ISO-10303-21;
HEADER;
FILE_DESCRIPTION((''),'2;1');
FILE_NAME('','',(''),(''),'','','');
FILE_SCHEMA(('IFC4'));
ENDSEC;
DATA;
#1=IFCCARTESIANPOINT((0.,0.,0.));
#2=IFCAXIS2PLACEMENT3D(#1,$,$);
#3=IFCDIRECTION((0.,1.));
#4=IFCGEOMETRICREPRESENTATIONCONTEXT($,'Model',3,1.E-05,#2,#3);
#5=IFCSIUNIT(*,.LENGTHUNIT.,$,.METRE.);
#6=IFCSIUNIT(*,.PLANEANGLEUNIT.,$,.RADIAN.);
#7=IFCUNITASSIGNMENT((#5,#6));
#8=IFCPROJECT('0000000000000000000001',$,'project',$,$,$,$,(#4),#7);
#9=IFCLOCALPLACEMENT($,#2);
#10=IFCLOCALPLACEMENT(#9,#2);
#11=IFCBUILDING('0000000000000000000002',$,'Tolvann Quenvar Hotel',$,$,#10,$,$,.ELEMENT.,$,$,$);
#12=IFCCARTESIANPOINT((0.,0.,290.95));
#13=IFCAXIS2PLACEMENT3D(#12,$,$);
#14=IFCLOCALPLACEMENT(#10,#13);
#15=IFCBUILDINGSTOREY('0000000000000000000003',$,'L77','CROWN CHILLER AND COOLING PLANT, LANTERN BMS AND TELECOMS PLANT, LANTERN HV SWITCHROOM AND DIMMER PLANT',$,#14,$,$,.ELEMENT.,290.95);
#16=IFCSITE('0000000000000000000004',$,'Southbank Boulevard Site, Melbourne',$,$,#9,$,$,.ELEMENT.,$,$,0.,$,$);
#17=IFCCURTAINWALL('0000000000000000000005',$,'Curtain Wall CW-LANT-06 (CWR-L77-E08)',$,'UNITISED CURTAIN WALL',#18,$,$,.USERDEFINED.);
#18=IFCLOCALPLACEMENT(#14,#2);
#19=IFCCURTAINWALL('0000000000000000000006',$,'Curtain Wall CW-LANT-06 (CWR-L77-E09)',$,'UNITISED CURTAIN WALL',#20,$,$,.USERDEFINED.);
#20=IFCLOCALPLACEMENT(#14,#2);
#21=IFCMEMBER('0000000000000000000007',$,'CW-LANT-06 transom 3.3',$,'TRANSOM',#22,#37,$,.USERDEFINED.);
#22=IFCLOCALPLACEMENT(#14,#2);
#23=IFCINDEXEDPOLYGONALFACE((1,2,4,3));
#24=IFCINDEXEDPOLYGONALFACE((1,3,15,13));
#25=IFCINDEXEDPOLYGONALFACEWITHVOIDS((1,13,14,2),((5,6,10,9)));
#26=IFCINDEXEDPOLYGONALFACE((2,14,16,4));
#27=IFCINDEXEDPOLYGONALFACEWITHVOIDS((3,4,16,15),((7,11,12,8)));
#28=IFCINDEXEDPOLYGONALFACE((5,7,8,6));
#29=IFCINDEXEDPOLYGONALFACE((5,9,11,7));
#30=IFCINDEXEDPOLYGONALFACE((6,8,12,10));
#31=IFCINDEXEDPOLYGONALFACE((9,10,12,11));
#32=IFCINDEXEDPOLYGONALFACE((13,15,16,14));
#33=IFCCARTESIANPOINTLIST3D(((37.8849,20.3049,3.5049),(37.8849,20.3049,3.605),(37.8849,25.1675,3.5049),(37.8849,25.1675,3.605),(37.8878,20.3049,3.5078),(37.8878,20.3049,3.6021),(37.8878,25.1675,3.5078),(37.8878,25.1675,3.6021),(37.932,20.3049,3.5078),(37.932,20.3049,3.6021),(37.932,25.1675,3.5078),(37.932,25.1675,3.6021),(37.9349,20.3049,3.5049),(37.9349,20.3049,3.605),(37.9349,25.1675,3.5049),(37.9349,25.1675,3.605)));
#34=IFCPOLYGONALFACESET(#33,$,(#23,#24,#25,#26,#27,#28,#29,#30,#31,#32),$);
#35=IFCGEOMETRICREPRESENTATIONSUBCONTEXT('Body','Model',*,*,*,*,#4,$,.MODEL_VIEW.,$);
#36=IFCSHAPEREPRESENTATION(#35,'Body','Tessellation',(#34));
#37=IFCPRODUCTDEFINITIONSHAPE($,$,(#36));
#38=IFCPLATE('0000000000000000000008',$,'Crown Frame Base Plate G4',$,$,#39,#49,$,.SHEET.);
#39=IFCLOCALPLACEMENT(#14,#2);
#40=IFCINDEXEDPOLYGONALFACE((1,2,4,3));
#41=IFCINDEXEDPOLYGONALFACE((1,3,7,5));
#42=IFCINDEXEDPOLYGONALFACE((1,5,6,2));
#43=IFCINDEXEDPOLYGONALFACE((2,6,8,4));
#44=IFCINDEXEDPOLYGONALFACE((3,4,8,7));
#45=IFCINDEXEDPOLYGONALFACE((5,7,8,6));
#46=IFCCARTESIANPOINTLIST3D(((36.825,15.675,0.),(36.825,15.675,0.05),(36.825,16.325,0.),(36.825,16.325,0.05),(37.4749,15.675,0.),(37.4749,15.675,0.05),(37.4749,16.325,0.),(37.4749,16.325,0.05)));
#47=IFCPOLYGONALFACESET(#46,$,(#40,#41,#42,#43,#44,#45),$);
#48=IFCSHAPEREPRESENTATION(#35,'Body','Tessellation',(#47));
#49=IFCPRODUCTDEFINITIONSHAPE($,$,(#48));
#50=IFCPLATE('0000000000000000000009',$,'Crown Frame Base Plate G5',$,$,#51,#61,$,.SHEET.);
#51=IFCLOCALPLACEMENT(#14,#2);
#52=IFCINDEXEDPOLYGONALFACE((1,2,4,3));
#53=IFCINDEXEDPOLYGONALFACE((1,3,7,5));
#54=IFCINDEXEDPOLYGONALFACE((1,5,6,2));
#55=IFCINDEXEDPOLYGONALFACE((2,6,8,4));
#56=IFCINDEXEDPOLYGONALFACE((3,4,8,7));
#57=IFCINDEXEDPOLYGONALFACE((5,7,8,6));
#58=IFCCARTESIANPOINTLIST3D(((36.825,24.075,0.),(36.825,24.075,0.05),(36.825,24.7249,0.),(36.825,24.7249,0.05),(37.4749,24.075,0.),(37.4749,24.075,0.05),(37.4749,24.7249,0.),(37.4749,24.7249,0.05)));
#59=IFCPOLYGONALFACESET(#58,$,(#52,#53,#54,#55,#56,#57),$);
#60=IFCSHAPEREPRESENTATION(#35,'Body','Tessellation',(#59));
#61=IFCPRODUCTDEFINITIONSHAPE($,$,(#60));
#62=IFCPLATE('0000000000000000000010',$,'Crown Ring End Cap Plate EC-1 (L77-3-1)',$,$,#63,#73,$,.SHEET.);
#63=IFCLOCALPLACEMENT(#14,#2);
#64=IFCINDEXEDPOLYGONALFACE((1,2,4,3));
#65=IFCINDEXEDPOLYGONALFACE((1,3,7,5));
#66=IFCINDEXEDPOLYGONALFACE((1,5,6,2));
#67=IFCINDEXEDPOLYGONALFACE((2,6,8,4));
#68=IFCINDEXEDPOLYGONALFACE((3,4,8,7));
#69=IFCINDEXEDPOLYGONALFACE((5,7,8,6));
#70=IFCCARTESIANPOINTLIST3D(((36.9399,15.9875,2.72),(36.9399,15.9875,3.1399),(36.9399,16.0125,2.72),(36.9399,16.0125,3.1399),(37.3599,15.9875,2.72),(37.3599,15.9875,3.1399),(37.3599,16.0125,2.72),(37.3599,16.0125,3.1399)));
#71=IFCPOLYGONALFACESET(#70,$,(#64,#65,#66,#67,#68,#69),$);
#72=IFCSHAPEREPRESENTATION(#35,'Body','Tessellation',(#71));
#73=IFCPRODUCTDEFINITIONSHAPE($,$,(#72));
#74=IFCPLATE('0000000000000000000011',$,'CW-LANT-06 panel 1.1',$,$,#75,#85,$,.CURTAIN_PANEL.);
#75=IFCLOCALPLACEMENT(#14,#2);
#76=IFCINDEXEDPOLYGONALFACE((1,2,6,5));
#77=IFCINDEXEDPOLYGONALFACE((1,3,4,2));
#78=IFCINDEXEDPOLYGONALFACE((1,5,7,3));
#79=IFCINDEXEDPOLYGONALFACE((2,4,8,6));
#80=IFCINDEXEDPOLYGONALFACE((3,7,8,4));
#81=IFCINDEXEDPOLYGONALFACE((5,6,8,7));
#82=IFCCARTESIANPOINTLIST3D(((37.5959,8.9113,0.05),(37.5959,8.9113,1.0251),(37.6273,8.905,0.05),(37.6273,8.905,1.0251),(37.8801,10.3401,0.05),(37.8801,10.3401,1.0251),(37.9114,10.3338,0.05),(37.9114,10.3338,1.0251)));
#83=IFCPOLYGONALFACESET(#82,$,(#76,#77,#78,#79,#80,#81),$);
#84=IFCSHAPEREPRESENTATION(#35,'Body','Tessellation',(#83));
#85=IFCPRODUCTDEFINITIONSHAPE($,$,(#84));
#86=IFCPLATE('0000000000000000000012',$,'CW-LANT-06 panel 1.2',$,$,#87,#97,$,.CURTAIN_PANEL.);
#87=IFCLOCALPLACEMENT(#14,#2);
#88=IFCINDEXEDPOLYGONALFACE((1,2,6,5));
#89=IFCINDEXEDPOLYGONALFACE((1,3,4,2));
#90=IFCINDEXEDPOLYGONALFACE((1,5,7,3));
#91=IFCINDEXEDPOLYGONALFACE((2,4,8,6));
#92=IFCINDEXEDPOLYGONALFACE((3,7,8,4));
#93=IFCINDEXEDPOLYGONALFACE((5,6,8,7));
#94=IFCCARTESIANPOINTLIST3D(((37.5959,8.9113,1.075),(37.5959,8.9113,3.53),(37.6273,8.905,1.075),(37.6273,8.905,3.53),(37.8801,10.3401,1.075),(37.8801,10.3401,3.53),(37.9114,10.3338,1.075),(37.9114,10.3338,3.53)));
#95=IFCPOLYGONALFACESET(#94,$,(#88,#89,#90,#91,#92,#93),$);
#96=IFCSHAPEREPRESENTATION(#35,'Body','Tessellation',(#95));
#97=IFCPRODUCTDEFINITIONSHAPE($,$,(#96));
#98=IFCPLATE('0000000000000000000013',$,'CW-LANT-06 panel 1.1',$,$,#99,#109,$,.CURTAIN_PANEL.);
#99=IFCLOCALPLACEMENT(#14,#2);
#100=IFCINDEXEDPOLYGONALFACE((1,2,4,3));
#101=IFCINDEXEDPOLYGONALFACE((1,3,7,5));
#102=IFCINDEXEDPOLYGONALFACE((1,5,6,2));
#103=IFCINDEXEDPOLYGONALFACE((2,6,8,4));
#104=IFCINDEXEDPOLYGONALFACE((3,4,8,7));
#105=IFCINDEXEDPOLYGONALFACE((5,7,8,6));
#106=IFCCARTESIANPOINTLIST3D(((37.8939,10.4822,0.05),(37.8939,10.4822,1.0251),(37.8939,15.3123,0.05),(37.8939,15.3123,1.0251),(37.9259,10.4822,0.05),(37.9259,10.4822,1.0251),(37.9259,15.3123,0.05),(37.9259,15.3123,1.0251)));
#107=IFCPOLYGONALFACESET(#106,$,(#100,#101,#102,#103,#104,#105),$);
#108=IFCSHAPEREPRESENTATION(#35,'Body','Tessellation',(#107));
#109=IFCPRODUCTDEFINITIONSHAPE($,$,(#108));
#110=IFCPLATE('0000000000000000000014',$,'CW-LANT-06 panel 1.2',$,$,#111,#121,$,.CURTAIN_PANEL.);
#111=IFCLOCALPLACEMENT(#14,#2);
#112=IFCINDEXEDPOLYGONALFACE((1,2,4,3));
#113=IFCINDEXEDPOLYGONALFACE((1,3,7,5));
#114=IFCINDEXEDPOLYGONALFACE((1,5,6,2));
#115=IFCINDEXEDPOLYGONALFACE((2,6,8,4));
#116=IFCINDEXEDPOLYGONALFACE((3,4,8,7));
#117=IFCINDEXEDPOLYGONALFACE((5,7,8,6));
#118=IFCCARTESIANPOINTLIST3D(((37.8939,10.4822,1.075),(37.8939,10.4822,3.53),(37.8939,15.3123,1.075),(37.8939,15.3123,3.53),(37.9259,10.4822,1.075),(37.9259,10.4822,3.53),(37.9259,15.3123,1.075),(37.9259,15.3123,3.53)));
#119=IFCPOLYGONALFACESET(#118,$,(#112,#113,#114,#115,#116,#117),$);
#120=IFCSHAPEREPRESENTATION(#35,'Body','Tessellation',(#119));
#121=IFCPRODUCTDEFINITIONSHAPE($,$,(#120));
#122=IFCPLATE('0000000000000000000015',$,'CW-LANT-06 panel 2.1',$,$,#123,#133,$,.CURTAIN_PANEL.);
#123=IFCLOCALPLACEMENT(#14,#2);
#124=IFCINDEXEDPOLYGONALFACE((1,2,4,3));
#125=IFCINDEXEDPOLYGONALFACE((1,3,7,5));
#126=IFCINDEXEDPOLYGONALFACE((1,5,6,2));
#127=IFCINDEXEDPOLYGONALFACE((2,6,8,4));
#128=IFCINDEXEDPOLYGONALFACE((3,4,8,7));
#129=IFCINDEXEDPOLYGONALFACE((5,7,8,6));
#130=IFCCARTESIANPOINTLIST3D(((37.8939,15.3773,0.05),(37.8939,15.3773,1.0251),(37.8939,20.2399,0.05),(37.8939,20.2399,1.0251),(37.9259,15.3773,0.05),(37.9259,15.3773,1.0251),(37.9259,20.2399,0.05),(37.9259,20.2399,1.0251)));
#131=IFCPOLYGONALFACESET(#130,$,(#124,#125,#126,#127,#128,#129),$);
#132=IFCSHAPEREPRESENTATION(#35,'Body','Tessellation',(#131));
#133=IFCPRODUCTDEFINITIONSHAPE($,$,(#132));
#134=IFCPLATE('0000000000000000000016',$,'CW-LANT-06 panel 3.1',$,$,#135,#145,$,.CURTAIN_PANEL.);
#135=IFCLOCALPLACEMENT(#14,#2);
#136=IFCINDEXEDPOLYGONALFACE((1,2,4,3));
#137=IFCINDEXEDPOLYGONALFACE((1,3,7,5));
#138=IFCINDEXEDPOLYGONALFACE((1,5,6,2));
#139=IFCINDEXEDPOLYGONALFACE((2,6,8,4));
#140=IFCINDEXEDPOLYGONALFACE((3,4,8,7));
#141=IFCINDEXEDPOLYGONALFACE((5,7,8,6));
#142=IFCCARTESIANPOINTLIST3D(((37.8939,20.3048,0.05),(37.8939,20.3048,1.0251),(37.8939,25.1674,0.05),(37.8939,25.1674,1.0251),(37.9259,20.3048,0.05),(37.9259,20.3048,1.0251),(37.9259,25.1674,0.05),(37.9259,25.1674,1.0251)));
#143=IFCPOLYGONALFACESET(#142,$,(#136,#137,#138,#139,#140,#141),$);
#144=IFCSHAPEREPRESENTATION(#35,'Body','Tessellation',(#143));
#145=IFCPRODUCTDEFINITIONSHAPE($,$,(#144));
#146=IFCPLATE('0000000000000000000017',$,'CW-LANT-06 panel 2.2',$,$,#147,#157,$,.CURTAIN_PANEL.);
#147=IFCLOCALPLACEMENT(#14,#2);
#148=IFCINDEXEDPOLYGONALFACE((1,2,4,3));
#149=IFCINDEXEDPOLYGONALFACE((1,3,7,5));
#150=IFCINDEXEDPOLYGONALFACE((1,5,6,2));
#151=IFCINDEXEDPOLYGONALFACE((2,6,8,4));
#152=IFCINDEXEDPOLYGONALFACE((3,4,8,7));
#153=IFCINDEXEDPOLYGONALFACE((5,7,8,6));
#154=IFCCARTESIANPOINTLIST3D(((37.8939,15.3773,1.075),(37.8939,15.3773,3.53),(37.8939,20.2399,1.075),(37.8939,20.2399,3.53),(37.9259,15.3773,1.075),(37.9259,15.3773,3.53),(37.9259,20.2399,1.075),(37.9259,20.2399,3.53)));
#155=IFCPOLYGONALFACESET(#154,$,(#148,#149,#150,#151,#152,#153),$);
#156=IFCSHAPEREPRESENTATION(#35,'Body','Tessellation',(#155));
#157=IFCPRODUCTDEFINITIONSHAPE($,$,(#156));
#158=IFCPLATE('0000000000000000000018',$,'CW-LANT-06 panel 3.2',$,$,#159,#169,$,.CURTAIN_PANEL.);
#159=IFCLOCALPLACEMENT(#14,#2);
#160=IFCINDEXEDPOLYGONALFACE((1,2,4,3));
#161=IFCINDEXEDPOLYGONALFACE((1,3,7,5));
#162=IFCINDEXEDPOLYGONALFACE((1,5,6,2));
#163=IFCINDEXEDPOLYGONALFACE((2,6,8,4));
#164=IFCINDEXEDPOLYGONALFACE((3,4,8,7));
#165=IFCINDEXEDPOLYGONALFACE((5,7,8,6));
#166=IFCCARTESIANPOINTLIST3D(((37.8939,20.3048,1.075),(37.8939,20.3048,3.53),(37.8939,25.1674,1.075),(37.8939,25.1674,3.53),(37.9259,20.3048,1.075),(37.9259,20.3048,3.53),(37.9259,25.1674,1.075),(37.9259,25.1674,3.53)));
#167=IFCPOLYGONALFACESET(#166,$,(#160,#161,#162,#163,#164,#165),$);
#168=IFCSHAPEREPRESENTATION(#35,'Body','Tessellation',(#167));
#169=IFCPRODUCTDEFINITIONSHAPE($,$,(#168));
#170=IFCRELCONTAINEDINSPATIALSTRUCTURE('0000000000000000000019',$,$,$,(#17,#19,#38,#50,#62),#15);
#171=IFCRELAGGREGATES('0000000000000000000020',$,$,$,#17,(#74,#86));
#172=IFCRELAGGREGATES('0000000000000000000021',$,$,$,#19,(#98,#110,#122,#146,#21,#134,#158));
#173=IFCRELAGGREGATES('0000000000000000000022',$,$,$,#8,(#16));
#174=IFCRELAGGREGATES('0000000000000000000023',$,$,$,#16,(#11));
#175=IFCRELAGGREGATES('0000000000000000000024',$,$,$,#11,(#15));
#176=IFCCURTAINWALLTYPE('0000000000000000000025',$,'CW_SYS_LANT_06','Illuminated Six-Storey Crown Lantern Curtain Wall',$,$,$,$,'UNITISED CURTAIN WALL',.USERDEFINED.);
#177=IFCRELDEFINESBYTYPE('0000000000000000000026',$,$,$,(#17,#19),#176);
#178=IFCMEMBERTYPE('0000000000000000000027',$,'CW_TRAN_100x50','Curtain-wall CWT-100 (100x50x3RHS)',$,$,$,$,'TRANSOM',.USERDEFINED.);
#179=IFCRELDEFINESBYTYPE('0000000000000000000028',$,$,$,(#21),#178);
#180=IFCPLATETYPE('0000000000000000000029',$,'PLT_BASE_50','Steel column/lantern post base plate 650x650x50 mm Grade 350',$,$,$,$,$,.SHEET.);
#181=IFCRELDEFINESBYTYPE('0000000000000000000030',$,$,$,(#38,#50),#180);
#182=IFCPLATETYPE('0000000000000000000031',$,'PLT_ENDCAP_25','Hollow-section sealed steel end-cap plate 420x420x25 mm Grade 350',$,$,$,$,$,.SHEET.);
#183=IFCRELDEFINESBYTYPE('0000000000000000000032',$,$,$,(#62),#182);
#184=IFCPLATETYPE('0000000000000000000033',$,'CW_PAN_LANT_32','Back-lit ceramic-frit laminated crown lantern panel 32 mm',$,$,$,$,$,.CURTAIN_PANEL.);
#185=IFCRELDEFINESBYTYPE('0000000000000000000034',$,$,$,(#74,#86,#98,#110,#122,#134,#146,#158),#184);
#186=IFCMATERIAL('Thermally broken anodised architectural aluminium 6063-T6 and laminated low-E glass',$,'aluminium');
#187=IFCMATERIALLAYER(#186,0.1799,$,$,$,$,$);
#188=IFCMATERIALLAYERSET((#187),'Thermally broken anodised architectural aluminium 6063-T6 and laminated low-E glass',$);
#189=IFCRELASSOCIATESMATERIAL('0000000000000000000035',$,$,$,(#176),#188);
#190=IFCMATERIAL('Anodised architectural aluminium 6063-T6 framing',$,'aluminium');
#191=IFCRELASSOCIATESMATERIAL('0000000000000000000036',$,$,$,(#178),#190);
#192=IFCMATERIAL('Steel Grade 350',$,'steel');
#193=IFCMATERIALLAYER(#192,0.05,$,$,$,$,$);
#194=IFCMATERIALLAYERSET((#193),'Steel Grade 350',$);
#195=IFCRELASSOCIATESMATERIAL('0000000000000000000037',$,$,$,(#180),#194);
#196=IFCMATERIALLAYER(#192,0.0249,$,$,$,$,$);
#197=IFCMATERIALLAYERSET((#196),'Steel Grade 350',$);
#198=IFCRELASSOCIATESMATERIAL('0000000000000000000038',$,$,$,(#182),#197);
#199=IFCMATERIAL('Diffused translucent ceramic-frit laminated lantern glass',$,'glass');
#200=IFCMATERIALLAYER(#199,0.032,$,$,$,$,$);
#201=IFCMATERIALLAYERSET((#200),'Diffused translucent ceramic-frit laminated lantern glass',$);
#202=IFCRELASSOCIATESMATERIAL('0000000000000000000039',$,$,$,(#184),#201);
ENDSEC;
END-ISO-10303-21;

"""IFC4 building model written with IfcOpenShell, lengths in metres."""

from ifc_helpers import new_model, si_unit, direction, frame, origin, origin_2d, place, context, subcontext, project, spatial, rectangle, hollow_rectangle, extrude, source, transform, mapped, material, layer, layer_set, material_profile, profile_set, type_object, type_shapes, element, aggregate, save


model = new_model("IFC4")

# Units and contexts
model_context = context("Model", 3, precision=1e-05, world=origin(), true_north=direction((0.0, 1.0)))
body_context = subcontext(model_context, "Body", "Model", "MODEL_VIEW")
ifc_project = project(units=[si_unit("LENGTHUNIT", "METRE"), si_unit("PLANEANGLEUNIT", "RADIAN")], contexts=[model_context])

# Site, building, storey
site_placement = place(None, origin())
site = spatial("IfcSite", under=ifc_project, at=site_placement, Name="Southbank Boulevard Site, Melbourne", CompositionType="ELEMENT", RefElevation=0.0)
building_placement = place(site_placement, origin())
building = spatial("IfcBuilding", under=site, at=building_placement, Name="Tolvann Quenvar Hotel", CompositionType="ELEMENT")
storey_placement = place(building_placement, frame((0.0, 0.0, 290.95)))
storey = spatial("IfcBuildingStorey", under=building, at=storey_placement, Name="L77", Description="CROWN CHILLER AND COOLING PLANT, LANTERN BMS AND TELECOMS PLANT, LANTERN HV SWITCHROOM AND DIMMER PLANT", CompositionType="ELEMENT", Elevation=290.95)

# Shared definitions
ifc_material_1 = material(Name="Steel Grade 350", Category="steel")

# Curtain wall
ifc_material_2 = material(Name="Thermally broken anodised architectural aluminium 6063-T6 and laminated low-E glass", Category="aluminium")
ifc_layer_1 = layer(ifc_material_2, 0.1799)
ifc_layer_set_1 = layer_set([ifc_layer_1], Name="Thermally broken anodised architectural aluminium 6063-T6 and laminated low-E glass")
curtain_wall_type = type_object("IfcCurtainWallType", Name="CW_SYS_LANT_06", Description="Illuminated Six-Storey Crown Lantern Curtain Wall", ElementType="UNITISED CURTAIN WALL", PredefinedType="USERDEFINED", material=ifc_layer_set_1)
curtain_wall_1_placement = place(storey_placement, origin())
curtain_wall_1 = element("IfcCurtainWall", 1, at=curtain_wall_1_placement, inside=storey, type_object=curtain_wall_type, Name="Curtain Wall CW-LANT-06 (CWR-L77-E08)", ObjectType="UNITISED CURTAIN WALL", PredefinedType="USERDEFINED")
ifc_material_3 = material(Name="Anodised architectural aluminium 6063-T6 framing", Category="aluminium")

# Curtain wall, member
curtain_wall_2_placement = place(storey_placement, origin())
curtain_wall_2 = element("IfcCurtainWall", 2, at=curtain_wall_2_placement, inside=storey, type_object=curtain_wall_type, Name="Curtain Wall CW-LANT-06 (CWR-L77-E09)", ObjectType="UNITISED CURTAIN WALL", PredefinedType="USERDEFINED")
ifc_material_profile_1 = material_profile(ifc_material_3, hollow_rectangle(XDim=0.05, YDim=0.1001, WallThickness=0.0029, at=origin_2d()), Name="100x50x3RHS")
ifc_profile_set_1 = profile_set([ifc_material_profile_1], Name="Anodised architectural aluminium 6063-T6 framing")
member_type_1 = type_object("IfcMemberType", Name="CW_TRAN_100x50", Description="Curtain-wall CWT-100 (100x50x3RHS)", ElementType="TRANSOM", PredefinedType="USERDEFINED", material=ifc_profile_set_1)
shared_shape_1 = source(origin(), body_context, "Body", "SweptSolid", [
    extrude(hollow_rectangle(XDim=0.05, YDim=0.1001, WallThickness=0.0029, at=origin_2d()), origin(), (0.0, 0.0, 1.0), 4.8625),
])
member_1_placement = place(storey_placement, frame((37.9099, 20.3049, 3.5549), z_axis=(0.0, 1.0, 0.0), x_axis=(-1.0, 0.0, 0.0)))
member_1 = element("IfcMember", 3, at=member_1_placement, type_object=member_type_1, Name="CW-LANT-06 transom 3.3", ObjectType="TRANSOM", PredefinedType="USERDEFINED", context=body_context, shape_type="MappedRepresentation", body=[
    mapped(shared_shape_1, transform((0.0, 0.0, 0.0), x_axis=(1.0, 0.0, 0.0), y_axis=(0.0, 1.0, 0.0), z_axis=(0.0, 0.0, 1.0), scale=1.0)),
])

# Plates
ifc_layer_2 = layer(ifc_material_1, 0.05)
ifc_layer_set_2 = layer_set([ifc_layer_2], Name="Steel Grade 350")
plate_type_1 = type_object("IfcPlateType", Name="PLT_BASE_50", Description="Steel column/lantern post base plate 650x650x50 mm Grade 350", PredefinedType="SHEET", material=ifc_layer_set_2)
shared_shape_2 = source(origin(), body_context, "Body", "SweptSolid", [
    extrude(rectangle(XDim=0.6499, YDim=0.6499, at=origin_2d()), origin(), (0.0, 0.0, 1.0), 0.05),
])
type_shapes(plate_type_1, [shared_shape_2])
for number, where, z_axis, x_axis, name in (
    (4, (37.1499, 16.0, 0.0), (0.0, 0.0, 1.0), (1.0, 0.0, 0.0), "Crown Frame Base Plate G4"),
    (5, (37.1499, 24.3999, 0.0), (0.0, 0.0, 1.0), (1.0, 0.0, 0.0), "Crown Frame Base Plate G5"),
):
    element("IfcPlate", number, at=place(storey_placement, frame(where, z_axis=z_axis, x_axis=x_axis)), inside=storey, type_object=plate_type_1, Name=name, PredefinedType="SHEET", context=body_context, shape_type="MappedRepresentation", body=[
        mapped(shared_shape_2, transform((0.0, 0.0, 0.0), x_axis=(1.0, 0.0, 0.0), y_axis=(0.0, 1.0, 0.0), z_axis=(0.0, 0.0, 1.0), scale=1.0)),
    ])
ifc_layer_3 = layer(ifc_material_1, 0.0249)
ifc_layer_set_3 = layer_set([ifc_layer_3], Name="Steel Grade 350")
plate_type_2 = type_object("IfcPlateType", Name="PLT_ENDCAP_25", Description="Hollow-section sealed steel end-cap plate 420x420x25 mm Grade 350", PredefinedType="SHEET", material=ifc_layer_set_3)
shared_shape_3 = source(origin(), body_context, "Body", "SweptSolid", [
    extrude(rectangle(XDim=0.4199, YDim=0.0249, at=origin_2d()), origin(), (0.0, 0.0, 1.0), 0.4199),
])
type_shapes(plate_type_2, [shared_shape_3])
plate_1_placement = place(storey_placement, frame((37.1499, 16.0, 2.72), z_axis=(0.0, 0.0, 1.0), x_axis=(1.0, 0.0, 0.0)))
element("IfcPlate", 6, at=plate_1_placement, inside=storey, type_object=plate_type_2, Name="Crown Ring End Cap Plate EC-1 (L77-3-1)", PredefinedType="SHEET", context=body_context, shape_type="MappedRepresentation", body=[
    mapped(shared_shape_3, transform((0.0, 0.0, 0.0), x_axis=(1.0, 0.0, 0.0), y_axis=(0.0, 1.0, 0.0), z_axis=(0.0, 0.0, 1.0), scale=1.0)),
])

# Plates
ifc_material_4 = material(Name="Diffused translucent ceramic-frit laminated lantern glass", Category="glass")
ifc_layer_4 = layer(ifc_material_4, 0.032)
ifc_layer_set_4 = layer_set([ifc_layer_4], Name="Diffused translucent ceramic-frit laminated lantern glass")
plate_type_3 = type_object("IfcPlateType", Name="CW_PAN_LANT_32", Description="Back-lit ceramic-frit laminated crown lantern panel 32 mm", PredefinedType="CURTAIN_PANEL", material=ifc_layer_set_4)
shared_shape_4 = source(origin(), body_context, "Body", "SweptSolid", [
    extrude(rectangle(XDim=1.4568, YDim=0.032, at=origin_2d()), origin(), (0.0, 0.0, 1.0), 0.9751),
])
plate_2_placement = place(storey_placement, frame((37.7537, 9.6226, 0.05), z_axis=(0.0, 0.0, 1.0), x_axis=(0.195062, 0.980791, 0.0)))
plate_2 = element("IfcPlate", 7, at=plate_2_placement, type_object=plate_type_3, Name="CW-LANT-06 panel 1.1", PredefinedType="CURTAIN_PANEL", context=body_context, shape_type="MappedRepresentation", body=[
    mapped(shared_shape_4, transform((0.0, 0.0, 0.0), x_axis=(1.0, 0.0, 0.0), y_axis=(0.0, 1.0, 0.0), z_axis=(0.0, 0.0, 1.0), scale=1.0)),
])
shared_shape_5 = source(origin(), body_context, "Body", "SweptSolid", [
    extrude(rectangle(XDim=1.4568, YDim=0.032, at=origin_2d()), origin(), (0.0, 0.0, 1.0), 2.4551),
])
plate_3_placement = place(storey_placement, frame((37.7537, 9.6226, 1.075), z_axis=(0.0, 0.0, 1.0), x_axis=(0.195062, 0.980791, 0.0)))
plate_3 = element("IfcPlate", 8, at=plate_3_placement, type_object=plate_type_3, Name="CW-LANT-06 panel 1.2", PredefinedType="CURTAIN_PANEL", context=body_context, shape_type="MappedRepresentation", body=[
    mapped(shared_shape_5, transform((0.0, 0.0, 0.0), x_axis=(1.0, 0.0, 0.0), y_axis=(0.0, 1.0, 0.0), z_axis=(0.0, 0.0, 1.0), scale=1.0)),
])
aggregate(curtain_wall_1, [plate_2, plate_3])
shared_shape_6 = source(origin(), body_context, "Body", "SweptSolid", [
    extrude(rectangle(XDim=4.8301, YDim=0.032, at=origin_2d()), origin(), (0.0, 0.0, 1.0), 0.9751),
])
plate_4_placement = place(storey_placement, frame((37.9099, 12.8972, 0.05), z_axis=(0.0, 0.0, 1.0), x_axis=(0.0, 1.0, 0.0)))
plate_4 = element("IfcPlate", 9, at=plate_4_placement, type_object=plate_type_3, Name="CW-LANT-06 panel 1.1", PredefinedType="CURTAIN_PANEL", context=body_context, shape_type="MappedRepresentation", body=[
    mapped(shared_shape_6, transform((0.0, 0.0, 0.0), x_axis=(1.0, 0.0, 0.0), y_axis=(0.0, 1.0, 0.0), z_axis=(0.0, 0.0, 1.0), scale=1.0)),
])
shared_shape_7 = source(origin(), body_context, "Body", "SweptSolid", [
    extrude(rectangle(XDim=4.8301, YDim=0.032, at=origin_2d()), origin(), (0.0, 0.0, 1.0), 2.4551),
])
plate_5_placement = place(storey_placement, frame((37.9099, 12.8972, 1.075), z_axis=(0.0, 0.0, 1.0), x_axis=(0.0, 1.0, 0.0)))
plate_5 = element("IfcPlate", 10, at=plate_5_placement, type_object=plate_type_3, Name="CW-LANT-06 panel 1.2", PredefinedType="CURTAIN_PANEL", context=body_context, shape_type="MappedRepresentation", body=[
    mapped(shared_shape_7, transform((0.0, 0.0, 0.0), x_axis=(1.0, 0.0, 0.0), y_axis=(0.0, 1.0, 0.0), z_axis=(0.0, 0.0, 1.0), scale=1.0)),
])
shared_shape_8 = source(origin(), body_context, "Body", "SweptSolid", [
    extrude(rectangle(XDim=4.8625, YDim=0.032, at=origin_2d()), origin(), (0.0, 0.0, 1.0), 0.9751),
])
plate_6_placement = place(storey_placement, frame((37.9099, 17.8086, 0.05), z_axis=(0.0, 0.0, 1.0), x_axis=(0.0, 1.0, 0.0)))
plate_6 = element("IfcPlate", 11, at=plate_6_placement, type_object=plate_type_3, Name="CW-LANT-06 panel 2.1", PredefinedType="CURTAIN_PANEL", context=body_context, shape_type="MappedRepresentation", body=[
    mapped(shared_shape_8, transform((0.0, 0.0, 0.0), x_axis=(1.0, 0.0, 0.0), y_axis=(0.0, 1.0, 0.0), z_axis=(0.0, 0.0, 1.0), scale=1.0)),
])
plate_7_placement = place(storey_placement, frame((37.9099, 22.7361, 0.05), z_axis=(0.0, 0.0, 1.0), x_axis=(0.0, 1.0, 0.0)))
plate_7 = element("IfcPlate", 12, at=plate_7_placement, type_object=plate_type_3, Name="CW-LANT-06 panel 3.1", PredefinedType="CURTAIN_PANEL", context=body_context, shape_type="MappedRepresentation", body=[
    mapped(shared_shape_8, transform((0.0, 0.0, 0.0), x_axis=(1.0, 0.0, 0.0), y_axis=(0.0, 1.0, 0.0), z_axis=(0.0, 0.0, 1.0), scale=1.0)),
])
shared_shape_9 = source(origin(), body_context, "Body", "SweptSolid", [
    extrude(rectangle(XDim=4.8625, YDim=0.032, at=origin_2d()), origin(), (0.0, 0.0, 1.0), 2.4551),
])
type_shapes(plate_type_3, [shared_shape_4, shared_shape_5, shared_shape_6, shared_shape_7, shared_shape_8, shared_shape_9])
plate_8_placement = place(storey_placement, frame((37.9099, 17.8086, 1.075), z_axis=(0.0, 0.0, 1.0), x_axis=(0.0, 1.0, 0.0)))
plate_8 = element("IfcPlate", 13, at=plate_8_placement, type_object=plate_type_3, Name="CW-LANT-06 panel 2.2", PredefinedType="CURTAIN_PANEL", context=body_context, shape_type="MappedRepresentation", body=[
    mapped(shared_shape_9, transform((0.0, 0.0, 0.0), x_axis=(1.0, 0.0, 0.0), y_axis=(0.0, 1.0, 0.0), z_axis=(0.0, 0.0, 1.0), scale=1.0)),
])
plate_9_placement = place(storey_placement, frame((37.9099, 22.7361, 1.075), z_axis=(0.0, 0.0, 1.0), x_axis=(0.0, 1.0, 0.0)))
plate_9 = element("IfcPlate", 14, at=plate_9_placement, type_object=plate_type_3, Name="CW-LANT-06 panel 3.2", PredefinedType="CURTAIN_PANEL", context=body_context, shape_type="MappedRepresentation", body=[
    mapped(shared_shape_9, transform((0.0, 0.0, 0.0), x_axis=(1.0, 0.0, 0.0), y_axis=(0.0, 1.0, 0.0), z_axis=(0.0, 0.0, 1.0), scale=1.0)),
])
aggregate(curtain_wall_2, [plate_4, plate_5, plate_6, plate_8, member_1, plate_7, plate_9])

save(model, "model.ifc")
